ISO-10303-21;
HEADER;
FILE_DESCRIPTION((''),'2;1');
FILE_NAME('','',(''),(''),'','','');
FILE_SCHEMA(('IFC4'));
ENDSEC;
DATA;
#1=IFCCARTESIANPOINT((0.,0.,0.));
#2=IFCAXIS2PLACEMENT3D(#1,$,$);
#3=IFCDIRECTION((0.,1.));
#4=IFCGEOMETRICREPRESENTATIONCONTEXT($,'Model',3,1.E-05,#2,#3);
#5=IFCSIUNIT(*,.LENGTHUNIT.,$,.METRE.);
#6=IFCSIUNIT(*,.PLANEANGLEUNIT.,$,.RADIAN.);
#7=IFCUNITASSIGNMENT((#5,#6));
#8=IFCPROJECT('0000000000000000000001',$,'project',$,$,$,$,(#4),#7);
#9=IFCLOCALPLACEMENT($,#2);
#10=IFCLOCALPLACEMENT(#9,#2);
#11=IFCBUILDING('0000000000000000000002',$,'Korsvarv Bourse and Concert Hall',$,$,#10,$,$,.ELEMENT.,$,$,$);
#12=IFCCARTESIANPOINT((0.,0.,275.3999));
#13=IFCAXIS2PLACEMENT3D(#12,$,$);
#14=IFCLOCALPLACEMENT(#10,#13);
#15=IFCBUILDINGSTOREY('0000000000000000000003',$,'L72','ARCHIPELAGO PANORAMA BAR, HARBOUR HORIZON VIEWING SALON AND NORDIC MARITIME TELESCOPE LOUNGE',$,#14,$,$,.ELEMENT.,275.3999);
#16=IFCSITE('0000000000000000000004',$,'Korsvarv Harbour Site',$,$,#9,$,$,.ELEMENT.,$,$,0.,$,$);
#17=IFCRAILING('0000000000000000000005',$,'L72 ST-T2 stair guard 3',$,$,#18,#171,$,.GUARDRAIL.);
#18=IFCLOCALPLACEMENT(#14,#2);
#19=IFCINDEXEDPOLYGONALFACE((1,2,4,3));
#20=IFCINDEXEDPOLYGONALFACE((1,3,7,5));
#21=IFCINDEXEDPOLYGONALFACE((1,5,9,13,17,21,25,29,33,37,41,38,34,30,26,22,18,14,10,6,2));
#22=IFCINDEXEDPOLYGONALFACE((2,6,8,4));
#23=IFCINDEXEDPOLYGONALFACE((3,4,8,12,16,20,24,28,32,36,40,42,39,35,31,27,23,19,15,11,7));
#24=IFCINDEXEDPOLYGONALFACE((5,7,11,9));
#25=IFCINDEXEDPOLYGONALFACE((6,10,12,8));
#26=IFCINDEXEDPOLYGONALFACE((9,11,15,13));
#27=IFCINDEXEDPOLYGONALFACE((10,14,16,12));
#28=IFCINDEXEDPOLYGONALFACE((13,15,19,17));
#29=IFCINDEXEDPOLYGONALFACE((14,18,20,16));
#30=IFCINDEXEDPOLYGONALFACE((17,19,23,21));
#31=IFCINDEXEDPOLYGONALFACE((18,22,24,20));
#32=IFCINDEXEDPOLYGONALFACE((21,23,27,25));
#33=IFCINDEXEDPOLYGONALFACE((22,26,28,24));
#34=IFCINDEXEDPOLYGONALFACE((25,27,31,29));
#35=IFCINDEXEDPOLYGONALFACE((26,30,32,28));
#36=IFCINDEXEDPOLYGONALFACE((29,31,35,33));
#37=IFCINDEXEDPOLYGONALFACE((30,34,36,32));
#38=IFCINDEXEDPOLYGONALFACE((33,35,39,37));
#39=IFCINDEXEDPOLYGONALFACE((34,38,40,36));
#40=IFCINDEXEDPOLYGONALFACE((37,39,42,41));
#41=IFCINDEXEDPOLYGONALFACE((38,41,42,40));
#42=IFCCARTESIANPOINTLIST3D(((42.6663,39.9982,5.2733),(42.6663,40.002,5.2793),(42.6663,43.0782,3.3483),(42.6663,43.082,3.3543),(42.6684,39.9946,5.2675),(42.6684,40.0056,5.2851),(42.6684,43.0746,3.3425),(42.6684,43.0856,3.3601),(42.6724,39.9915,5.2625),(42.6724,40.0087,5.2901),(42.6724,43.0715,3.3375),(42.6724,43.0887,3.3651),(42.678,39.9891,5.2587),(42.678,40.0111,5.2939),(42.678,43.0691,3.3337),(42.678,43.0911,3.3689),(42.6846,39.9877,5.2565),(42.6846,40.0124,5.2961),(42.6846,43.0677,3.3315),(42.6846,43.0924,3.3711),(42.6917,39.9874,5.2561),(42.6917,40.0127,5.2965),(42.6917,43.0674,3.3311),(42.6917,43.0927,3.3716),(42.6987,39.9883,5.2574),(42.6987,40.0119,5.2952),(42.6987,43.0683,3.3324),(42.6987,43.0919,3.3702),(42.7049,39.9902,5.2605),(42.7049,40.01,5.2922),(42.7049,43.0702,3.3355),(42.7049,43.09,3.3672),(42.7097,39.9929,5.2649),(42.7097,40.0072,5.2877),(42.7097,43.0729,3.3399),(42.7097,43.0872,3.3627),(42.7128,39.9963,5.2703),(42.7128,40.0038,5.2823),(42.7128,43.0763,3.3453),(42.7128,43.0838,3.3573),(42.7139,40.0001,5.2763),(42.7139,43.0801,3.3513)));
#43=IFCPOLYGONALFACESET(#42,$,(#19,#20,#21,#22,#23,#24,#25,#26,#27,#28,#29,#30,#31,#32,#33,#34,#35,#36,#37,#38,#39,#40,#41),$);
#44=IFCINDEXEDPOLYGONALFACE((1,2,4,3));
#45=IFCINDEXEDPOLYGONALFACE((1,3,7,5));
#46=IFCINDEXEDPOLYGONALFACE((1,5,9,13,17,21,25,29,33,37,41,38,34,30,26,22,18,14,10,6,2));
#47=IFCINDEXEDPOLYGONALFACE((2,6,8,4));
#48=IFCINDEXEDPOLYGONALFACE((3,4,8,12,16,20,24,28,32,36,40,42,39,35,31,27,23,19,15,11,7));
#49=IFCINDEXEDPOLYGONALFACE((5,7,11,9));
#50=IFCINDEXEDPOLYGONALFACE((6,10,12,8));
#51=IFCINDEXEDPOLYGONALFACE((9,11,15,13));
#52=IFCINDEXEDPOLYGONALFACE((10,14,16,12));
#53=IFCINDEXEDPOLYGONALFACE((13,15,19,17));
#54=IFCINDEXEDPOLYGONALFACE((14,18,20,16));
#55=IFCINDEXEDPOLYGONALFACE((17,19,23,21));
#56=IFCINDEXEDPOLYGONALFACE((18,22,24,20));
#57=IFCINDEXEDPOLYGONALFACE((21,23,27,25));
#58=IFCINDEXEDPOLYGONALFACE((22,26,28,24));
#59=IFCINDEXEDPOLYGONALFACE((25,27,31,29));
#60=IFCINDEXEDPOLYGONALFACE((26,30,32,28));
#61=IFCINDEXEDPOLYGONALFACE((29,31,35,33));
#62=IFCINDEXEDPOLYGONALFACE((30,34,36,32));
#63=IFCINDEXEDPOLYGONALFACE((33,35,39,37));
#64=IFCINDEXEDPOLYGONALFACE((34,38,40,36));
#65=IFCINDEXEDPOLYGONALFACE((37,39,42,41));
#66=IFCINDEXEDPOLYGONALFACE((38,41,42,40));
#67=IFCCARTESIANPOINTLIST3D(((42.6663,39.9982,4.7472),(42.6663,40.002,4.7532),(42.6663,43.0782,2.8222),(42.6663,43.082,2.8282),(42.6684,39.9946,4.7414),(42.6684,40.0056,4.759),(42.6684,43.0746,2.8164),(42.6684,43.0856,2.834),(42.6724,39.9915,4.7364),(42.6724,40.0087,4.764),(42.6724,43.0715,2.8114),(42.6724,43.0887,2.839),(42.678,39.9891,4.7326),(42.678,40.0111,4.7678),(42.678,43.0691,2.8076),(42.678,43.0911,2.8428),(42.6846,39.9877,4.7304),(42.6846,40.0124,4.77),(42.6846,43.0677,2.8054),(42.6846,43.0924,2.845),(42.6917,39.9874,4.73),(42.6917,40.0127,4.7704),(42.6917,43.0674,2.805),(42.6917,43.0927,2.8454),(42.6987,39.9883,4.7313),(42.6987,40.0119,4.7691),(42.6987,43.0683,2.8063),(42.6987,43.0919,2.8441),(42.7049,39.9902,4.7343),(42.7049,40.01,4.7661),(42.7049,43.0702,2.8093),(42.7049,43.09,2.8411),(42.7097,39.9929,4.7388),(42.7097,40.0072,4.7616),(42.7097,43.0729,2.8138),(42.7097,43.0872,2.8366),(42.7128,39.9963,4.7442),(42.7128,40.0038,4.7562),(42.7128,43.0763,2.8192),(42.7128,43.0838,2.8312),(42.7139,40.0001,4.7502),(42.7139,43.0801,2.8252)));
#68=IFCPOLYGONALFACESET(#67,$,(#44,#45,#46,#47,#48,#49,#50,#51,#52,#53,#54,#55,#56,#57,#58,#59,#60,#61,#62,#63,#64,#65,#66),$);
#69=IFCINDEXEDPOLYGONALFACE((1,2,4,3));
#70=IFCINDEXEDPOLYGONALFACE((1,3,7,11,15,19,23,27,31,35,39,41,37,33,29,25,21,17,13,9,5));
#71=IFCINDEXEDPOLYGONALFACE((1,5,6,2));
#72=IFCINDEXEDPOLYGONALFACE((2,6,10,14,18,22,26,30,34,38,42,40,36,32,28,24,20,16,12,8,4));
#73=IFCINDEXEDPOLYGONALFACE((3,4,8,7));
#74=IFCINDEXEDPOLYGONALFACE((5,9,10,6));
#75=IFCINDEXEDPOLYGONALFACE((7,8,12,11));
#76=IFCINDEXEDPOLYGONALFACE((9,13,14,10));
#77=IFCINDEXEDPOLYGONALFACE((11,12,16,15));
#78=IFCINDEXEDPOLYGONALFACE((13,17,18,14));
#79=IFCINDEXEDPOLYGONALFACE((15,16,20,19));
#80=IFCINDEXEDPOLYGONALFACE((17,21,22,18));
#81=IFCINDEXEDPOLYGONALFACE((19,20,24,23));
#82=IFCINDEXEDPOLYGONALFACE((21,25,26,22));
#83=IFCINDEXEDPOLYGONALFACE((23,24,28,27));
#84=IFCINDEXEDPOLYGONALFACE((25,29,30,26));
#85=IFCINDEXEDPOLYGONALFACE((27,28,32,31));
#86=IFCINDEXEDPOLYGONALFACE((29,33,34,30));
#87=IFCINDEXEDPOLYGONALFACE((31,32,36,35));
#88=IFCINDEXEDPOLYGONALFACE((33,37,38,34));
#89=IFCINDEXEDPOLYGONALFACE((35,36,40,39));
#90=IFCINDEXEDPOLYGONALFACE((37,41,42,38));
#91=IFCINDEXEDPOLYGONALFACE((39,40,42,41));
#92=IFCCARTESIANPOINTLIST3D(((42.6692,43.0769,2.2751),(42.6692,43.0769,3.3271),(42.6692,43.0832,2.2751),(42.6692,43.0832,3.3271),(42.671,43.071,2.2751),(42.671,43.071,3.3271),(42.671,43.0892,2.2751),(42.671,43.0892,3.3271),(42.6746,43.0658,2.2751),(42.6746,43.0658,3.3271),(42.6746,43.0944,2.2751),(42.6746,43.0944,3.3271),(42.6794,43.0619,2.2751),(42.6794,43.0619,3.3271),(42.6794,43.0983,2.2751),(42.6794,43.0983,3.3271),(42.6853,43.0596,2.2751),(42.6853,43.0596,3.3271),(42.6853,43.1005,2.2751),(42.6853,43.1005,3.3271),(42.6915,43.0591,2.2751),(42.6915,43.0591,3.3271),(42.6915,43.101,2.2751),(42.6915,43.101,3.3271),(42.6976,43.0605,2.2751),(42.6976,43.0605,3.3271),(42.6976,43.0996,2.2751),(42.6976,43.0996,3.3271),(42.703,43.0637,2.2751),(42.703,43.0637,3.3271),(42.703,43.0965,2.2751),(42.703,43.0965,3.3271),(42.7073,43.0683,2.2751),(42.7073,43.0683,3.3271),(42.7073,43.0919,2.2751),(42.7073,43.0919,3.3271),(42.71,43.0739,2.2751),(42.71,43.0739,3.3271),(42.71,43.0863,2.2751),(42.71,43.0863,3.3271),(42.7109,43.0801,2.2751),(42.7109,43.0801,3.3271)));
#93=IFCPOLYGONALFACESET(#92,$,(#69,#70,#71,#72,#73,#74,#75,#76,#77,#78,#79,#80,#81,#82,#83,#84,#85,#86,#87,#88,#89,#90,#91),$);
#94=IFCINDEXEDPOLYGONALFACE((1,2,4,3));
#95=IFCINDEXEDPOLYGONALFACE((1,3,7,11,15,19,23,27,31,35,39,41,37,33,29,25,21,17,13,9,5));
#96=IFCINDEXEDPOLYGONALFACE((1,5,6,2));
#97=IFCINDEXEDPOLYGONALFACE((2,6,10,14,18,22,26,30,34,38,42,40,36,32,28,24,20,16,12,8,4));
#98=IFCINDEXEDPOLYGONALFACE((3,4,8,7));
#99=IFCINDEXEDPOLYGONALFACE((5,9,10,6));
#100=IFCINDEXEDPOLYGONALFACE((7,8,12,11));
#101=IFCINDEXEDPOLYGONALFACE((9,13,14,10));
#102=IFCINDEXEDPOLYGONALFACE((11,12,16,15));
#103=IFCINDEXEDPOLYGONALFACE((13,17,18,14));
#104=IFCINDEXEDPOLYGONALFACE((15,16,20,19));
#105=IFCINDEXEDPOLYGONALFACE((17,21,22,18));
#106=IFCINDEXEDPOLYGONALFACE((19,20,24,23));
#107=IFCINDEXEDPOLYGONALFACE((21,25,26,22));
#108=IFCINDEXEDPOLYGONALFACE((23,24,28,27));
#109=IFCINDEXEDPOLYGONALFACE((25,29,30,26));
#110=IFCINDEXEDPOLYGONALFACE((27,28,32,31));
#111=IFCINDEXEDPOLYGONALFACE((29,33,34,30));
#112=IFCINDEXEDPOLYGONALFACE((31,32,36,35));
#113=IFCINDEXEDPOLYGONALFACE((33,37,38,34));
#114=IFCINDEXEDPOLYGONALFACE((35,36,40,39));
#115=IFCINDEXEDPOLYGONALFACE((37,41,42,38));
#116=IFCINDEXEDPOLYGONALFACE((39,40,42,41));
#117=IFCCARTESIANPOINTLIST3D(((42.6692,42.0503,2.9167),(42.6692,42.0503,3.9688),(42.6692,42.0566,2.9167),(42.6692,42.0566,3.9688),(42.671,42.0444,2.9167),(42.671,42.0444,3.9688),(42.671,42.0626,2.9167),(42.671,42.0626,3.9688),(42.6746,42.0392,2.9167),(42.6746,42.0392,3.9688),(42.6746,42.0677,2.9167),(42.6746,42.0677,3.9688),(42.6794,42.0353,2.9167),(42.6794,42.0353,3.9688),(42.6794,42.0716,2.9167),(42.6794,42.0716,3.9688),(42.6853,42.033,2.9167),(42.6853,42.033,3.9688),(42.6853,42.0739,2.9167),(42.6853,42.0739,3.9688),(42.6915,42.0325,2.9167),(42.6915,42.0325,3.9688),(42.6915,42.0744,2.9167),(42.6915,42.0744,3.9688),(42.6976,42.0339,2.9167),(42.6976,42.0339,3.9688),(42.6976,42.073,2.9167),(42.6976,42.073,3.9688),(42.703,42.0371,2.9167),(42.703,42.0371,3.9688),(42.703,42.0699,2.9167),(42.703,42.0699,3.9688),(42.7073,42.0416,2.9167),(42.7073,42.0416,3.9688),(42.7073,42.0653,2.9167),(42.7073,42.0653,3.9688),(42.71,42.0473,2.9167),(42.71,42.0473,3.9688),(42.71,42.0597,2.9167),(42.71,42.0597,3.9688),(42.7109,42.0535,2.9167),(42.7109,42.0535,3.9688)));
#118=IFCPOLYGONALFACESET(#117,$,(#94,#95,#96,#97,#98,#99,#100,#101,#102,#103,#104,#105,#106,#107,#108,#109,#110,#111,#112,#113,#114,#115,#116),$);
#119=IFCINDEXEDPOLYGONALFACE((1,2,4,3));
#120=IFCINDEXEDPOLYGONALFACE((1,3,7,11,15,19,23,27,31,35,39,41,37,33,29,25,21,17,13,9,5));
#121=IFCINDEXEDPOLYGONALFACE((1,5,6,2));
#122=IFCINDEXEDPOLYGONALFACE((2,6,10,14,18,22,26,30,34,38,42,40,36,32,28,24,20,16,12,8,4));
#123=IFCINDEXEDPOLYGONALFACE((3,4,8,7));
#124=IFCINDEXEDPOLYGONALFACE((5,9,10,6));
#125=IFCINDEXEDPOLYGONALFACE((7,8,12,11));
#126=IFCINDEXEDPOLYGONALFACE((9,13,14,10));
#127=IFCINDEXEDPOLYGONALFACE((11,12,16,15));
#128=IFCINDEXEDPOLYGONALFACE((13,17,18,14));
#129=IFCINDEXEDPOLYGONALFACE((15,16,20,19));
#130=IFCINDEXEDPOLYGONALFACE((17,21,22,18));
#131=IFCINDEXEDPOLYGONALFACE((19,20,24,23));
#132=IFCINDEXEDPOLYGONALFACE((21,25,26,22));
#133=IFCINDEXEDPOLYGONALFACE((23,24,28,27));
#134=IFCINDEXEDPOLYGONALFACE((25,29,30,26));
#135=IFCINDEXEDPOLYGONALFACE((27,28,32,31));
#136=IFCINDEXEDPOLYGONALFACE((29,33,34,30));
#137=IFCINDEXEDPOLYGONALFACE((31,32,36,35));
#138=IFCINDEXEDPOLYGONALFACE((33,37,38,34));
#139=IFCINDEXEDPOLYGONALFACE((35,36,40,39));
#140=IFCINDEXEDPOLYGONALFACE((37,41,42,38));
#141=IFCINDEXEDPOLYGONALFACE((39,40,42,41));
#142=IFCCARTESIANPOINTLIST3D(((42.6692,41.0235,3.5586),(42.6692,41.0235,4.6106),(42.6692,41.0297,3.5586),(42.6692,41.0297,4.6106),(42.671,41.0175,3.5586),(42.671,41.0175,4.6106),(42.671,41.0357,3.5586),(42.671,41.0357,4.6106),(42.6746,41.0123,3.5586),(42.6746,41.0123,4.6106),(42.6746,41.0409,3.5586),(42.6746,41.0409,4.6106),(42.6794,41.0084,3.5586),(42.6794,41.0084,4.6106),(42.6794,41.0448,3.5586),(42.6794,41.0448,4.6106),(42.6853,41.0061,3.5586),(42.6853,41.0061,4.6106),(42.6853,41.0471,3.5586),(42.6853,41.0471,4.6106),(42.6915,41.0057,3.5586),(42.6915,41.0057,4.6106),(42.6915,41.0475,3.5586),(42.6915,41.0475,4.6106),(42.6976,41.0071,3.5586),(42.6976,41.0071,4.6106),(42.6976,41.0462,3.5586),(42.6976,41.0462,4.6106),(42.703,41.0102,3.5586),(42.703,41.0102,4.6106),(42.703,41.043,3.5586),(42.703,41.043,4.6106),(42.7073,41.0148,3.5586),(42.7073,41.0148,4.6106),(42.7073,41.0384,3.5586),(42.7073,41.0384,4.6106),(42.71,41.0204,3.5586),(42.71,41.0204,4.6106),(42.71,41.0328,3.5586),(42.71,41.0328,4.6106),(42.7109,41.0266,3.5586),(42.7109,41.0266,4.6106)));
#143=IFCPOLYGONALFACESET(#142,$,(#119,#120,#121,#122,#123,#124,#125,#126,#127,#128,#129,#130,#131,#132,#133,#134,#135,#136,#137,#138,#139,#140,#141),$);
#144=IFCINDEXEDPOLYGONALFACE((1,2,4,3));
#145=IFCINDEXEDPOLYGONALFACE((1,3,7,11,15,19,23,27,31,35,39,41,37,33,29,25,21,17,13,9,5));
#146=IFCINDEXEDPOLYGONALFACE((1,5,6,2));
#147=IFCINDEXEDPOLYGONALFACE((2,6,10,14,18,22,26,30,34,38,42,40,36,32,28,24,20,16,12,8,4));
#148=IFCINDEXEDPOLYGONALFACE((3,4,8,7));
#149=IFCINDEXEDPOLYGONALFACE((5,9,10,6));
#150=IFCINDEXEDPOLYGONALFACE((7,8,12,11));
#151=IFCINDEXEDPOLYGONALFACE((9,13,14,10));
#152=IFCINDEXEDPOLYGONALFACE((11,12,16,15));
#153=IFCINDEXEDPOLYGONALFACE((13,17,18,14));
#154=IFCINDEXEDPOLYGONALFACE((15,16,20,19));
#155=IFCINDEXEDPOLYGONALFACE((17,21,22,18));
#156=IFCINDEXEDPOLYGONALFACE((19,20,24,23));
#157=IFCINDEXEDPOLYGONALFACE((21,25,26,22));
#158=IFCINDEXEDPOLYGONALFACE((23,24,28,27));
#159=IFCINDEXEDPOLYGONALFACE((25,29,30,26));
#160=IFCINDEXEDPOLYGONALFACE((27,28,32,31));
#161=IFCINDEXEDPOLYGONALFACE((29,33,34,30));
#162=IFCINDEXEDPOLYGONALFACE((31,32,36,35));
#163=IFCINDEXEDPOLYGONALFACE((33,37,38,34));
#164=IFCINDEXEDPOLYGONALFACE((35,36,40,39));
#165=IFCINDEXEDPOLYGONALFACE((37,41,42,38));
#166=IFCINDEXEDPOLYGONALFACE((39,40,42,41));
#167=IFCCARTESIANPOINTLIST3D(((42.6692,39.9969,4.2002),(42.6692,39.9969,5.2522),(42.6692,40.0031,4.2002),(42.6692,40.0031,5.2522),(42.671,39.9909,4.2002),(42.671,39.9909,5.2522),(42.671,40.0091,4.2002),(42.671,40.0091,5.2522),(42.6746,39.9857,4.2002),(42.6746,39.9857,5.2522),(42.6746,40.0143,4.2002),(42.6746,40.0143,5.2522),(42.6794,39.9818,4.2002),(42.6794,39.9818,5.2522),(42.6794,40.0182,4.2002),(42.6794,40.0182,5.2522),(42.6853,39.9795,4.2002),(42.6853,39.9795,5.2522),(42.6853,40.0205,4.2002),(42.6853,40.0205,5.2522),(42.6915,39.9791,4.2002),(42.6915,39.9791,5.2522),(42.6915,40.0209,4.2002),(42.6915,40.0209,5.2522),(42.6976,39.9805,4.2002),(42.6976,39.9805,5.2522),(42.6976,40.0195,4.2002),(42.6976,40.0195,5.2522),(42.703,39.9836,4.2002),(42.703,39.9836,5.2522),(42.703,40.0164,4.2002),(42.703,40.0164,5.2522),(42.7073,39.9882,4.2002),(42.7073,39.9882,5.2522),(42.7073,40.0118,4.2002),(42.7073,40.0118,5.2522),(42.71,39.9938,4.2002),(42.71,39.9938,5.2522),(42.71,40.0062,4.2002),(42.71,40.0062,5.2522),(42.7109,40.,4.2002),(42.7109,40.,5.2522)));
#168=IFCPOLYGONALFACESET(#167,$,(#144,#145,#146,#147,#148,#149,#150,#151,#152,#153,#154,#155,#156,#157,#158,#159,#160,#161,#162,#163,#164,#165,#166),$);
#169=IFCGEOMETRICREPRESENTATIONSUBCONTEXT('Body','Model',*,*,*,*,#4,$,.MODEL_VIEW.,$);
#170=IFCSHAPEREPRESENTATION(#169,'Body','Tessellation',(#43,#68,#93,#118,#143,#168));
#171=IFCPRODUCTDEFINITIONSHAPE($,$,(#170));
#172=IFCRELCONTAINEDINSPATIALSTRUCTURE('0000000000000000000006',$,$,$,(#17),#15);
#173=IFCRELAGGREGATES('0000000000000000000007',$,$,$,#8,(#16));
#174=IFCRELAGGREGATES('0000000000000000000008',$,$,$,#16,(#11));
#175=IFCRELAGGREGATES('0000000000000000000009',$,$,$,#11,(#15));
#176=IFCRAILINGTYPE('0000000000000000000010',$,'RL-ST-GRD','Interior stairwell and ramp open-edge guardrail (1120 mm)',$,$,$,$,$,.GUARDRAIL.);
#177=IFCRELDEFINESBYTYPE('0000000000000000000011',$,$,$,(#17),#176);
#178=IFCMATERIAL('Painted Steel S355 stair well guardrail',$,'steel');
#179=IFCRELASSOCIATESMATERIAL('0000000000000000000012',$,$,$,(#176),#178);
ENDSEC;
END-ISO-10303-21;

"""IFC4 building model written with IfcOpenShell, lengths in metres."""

from ifc_helpers import new_model, si_unit, direction, frame, origin, origin_2d, place, context, subcontext, project, spatial, circle, extrude, material, type_object, element, save


model = new_model("IFC4")

# Units and contexts
model_context = context("Model", 3, precision=1e-05, world=origin(), true_north=direction((0.0, 1.0)))
body_context = subcontext(model_context, "Body", "Model", "MODEL_VIEW")
ifc_project = project(units=[si_unit("LENGTHUNIT", "METRE"), si_unit("PLANEANGLEUNIT", "RADIAN")], contexts=[model_context])

# Site, building, storey
site_placement = place(None, origin())
site = spatial("IfcSite", under=ifc_project, at=site_placement, Name="Korsvarv Harbour Site", CompositionType="ELEMENT", RefElevation=0.0)
building_placement = place(site_placement, origin())
building = spatial("IfcBuilding", under=site, at=building_placement, Name="Korsvarv Bourse and Concert Hall", CompositionType="ELEMENT")
storey_placement = place(building_placement, frame((0.0, 0.0, 275.3999)))
storey = spatial("IfcBuildingStorey", under=building, at=storey_placement, Name="L72", Description="ARCHIPELAGO PANORAMA BAR, HARBOUR HORIZON VIEWING SALON AND NORDIC MARITIME TELESCOPE LOUNGE", CompositionType="ELEMENT", Elevation=275.3999)

# Railing
ifc_material_1 = material(Name="Painted Steel S355 stair well guardrail", Category="steel")
railing_type_1 = type_object("IfcRailingType", Name="RL-ST-GRD", Description="Interior stairwell and ramp open-edge guardrail (1120 mm)", PredefinedType="GUARDRAIL", material=ifc_material_1)
railing_1_placement = place(storey_placement, frame((42.6899, 43.0801, 2.2751)))
element("IfcRailing", 1, at=railing_1_placement, inside=storey, type_object=railing_type_1, Name="L72 ST-T2 stair guard 3", PredefinedType="GUARDRAIL", context=body_context, shape_type="SweptSolid", body=[
    extrude(circle(Radius=0.0239, at=origin_2d()), frame((0.0, 0.0, 1.0762), z_axis=(0.0, -0.847998, 0.529999), x_axis=(1.0, 0.0, 0.0)), (0.0, 0.0, 1.0), 3.6321),
    extrude(circle(Radius=0.0239, at=origin_2d()), frame((0.0, 0.0, 0.55), z_axis=(0.0, -0.847998, 0.529999), x_axis=(1.0, 0.0, 0.0)), (0.0, 0.0, 1.0), 3.6321),
    extrude(circle(Radius=0.021, at=origin_2d()), origin(), (0.0, 0.0, 1.0), 1.052),
    extrude(circle(Radius=0.021, at=origin_2d()), frame((0.0, -1.0266, 0.6416)), (0.0, 0.0, 1.0), 1.052),
    extrude(circle(Radius=0.021, at=origin_2d()), frame((0.0, -2.0535, 1.2834)), (0.0, 0.0, 1.0), 1.052),
    extrude(circle(Radius=0.021, at=origin_2d()), frame((0.0, -3.0801, 1.925)), (0.0, 0.0, 1.0), 1.052),
])

save(model, "model.ifc")
